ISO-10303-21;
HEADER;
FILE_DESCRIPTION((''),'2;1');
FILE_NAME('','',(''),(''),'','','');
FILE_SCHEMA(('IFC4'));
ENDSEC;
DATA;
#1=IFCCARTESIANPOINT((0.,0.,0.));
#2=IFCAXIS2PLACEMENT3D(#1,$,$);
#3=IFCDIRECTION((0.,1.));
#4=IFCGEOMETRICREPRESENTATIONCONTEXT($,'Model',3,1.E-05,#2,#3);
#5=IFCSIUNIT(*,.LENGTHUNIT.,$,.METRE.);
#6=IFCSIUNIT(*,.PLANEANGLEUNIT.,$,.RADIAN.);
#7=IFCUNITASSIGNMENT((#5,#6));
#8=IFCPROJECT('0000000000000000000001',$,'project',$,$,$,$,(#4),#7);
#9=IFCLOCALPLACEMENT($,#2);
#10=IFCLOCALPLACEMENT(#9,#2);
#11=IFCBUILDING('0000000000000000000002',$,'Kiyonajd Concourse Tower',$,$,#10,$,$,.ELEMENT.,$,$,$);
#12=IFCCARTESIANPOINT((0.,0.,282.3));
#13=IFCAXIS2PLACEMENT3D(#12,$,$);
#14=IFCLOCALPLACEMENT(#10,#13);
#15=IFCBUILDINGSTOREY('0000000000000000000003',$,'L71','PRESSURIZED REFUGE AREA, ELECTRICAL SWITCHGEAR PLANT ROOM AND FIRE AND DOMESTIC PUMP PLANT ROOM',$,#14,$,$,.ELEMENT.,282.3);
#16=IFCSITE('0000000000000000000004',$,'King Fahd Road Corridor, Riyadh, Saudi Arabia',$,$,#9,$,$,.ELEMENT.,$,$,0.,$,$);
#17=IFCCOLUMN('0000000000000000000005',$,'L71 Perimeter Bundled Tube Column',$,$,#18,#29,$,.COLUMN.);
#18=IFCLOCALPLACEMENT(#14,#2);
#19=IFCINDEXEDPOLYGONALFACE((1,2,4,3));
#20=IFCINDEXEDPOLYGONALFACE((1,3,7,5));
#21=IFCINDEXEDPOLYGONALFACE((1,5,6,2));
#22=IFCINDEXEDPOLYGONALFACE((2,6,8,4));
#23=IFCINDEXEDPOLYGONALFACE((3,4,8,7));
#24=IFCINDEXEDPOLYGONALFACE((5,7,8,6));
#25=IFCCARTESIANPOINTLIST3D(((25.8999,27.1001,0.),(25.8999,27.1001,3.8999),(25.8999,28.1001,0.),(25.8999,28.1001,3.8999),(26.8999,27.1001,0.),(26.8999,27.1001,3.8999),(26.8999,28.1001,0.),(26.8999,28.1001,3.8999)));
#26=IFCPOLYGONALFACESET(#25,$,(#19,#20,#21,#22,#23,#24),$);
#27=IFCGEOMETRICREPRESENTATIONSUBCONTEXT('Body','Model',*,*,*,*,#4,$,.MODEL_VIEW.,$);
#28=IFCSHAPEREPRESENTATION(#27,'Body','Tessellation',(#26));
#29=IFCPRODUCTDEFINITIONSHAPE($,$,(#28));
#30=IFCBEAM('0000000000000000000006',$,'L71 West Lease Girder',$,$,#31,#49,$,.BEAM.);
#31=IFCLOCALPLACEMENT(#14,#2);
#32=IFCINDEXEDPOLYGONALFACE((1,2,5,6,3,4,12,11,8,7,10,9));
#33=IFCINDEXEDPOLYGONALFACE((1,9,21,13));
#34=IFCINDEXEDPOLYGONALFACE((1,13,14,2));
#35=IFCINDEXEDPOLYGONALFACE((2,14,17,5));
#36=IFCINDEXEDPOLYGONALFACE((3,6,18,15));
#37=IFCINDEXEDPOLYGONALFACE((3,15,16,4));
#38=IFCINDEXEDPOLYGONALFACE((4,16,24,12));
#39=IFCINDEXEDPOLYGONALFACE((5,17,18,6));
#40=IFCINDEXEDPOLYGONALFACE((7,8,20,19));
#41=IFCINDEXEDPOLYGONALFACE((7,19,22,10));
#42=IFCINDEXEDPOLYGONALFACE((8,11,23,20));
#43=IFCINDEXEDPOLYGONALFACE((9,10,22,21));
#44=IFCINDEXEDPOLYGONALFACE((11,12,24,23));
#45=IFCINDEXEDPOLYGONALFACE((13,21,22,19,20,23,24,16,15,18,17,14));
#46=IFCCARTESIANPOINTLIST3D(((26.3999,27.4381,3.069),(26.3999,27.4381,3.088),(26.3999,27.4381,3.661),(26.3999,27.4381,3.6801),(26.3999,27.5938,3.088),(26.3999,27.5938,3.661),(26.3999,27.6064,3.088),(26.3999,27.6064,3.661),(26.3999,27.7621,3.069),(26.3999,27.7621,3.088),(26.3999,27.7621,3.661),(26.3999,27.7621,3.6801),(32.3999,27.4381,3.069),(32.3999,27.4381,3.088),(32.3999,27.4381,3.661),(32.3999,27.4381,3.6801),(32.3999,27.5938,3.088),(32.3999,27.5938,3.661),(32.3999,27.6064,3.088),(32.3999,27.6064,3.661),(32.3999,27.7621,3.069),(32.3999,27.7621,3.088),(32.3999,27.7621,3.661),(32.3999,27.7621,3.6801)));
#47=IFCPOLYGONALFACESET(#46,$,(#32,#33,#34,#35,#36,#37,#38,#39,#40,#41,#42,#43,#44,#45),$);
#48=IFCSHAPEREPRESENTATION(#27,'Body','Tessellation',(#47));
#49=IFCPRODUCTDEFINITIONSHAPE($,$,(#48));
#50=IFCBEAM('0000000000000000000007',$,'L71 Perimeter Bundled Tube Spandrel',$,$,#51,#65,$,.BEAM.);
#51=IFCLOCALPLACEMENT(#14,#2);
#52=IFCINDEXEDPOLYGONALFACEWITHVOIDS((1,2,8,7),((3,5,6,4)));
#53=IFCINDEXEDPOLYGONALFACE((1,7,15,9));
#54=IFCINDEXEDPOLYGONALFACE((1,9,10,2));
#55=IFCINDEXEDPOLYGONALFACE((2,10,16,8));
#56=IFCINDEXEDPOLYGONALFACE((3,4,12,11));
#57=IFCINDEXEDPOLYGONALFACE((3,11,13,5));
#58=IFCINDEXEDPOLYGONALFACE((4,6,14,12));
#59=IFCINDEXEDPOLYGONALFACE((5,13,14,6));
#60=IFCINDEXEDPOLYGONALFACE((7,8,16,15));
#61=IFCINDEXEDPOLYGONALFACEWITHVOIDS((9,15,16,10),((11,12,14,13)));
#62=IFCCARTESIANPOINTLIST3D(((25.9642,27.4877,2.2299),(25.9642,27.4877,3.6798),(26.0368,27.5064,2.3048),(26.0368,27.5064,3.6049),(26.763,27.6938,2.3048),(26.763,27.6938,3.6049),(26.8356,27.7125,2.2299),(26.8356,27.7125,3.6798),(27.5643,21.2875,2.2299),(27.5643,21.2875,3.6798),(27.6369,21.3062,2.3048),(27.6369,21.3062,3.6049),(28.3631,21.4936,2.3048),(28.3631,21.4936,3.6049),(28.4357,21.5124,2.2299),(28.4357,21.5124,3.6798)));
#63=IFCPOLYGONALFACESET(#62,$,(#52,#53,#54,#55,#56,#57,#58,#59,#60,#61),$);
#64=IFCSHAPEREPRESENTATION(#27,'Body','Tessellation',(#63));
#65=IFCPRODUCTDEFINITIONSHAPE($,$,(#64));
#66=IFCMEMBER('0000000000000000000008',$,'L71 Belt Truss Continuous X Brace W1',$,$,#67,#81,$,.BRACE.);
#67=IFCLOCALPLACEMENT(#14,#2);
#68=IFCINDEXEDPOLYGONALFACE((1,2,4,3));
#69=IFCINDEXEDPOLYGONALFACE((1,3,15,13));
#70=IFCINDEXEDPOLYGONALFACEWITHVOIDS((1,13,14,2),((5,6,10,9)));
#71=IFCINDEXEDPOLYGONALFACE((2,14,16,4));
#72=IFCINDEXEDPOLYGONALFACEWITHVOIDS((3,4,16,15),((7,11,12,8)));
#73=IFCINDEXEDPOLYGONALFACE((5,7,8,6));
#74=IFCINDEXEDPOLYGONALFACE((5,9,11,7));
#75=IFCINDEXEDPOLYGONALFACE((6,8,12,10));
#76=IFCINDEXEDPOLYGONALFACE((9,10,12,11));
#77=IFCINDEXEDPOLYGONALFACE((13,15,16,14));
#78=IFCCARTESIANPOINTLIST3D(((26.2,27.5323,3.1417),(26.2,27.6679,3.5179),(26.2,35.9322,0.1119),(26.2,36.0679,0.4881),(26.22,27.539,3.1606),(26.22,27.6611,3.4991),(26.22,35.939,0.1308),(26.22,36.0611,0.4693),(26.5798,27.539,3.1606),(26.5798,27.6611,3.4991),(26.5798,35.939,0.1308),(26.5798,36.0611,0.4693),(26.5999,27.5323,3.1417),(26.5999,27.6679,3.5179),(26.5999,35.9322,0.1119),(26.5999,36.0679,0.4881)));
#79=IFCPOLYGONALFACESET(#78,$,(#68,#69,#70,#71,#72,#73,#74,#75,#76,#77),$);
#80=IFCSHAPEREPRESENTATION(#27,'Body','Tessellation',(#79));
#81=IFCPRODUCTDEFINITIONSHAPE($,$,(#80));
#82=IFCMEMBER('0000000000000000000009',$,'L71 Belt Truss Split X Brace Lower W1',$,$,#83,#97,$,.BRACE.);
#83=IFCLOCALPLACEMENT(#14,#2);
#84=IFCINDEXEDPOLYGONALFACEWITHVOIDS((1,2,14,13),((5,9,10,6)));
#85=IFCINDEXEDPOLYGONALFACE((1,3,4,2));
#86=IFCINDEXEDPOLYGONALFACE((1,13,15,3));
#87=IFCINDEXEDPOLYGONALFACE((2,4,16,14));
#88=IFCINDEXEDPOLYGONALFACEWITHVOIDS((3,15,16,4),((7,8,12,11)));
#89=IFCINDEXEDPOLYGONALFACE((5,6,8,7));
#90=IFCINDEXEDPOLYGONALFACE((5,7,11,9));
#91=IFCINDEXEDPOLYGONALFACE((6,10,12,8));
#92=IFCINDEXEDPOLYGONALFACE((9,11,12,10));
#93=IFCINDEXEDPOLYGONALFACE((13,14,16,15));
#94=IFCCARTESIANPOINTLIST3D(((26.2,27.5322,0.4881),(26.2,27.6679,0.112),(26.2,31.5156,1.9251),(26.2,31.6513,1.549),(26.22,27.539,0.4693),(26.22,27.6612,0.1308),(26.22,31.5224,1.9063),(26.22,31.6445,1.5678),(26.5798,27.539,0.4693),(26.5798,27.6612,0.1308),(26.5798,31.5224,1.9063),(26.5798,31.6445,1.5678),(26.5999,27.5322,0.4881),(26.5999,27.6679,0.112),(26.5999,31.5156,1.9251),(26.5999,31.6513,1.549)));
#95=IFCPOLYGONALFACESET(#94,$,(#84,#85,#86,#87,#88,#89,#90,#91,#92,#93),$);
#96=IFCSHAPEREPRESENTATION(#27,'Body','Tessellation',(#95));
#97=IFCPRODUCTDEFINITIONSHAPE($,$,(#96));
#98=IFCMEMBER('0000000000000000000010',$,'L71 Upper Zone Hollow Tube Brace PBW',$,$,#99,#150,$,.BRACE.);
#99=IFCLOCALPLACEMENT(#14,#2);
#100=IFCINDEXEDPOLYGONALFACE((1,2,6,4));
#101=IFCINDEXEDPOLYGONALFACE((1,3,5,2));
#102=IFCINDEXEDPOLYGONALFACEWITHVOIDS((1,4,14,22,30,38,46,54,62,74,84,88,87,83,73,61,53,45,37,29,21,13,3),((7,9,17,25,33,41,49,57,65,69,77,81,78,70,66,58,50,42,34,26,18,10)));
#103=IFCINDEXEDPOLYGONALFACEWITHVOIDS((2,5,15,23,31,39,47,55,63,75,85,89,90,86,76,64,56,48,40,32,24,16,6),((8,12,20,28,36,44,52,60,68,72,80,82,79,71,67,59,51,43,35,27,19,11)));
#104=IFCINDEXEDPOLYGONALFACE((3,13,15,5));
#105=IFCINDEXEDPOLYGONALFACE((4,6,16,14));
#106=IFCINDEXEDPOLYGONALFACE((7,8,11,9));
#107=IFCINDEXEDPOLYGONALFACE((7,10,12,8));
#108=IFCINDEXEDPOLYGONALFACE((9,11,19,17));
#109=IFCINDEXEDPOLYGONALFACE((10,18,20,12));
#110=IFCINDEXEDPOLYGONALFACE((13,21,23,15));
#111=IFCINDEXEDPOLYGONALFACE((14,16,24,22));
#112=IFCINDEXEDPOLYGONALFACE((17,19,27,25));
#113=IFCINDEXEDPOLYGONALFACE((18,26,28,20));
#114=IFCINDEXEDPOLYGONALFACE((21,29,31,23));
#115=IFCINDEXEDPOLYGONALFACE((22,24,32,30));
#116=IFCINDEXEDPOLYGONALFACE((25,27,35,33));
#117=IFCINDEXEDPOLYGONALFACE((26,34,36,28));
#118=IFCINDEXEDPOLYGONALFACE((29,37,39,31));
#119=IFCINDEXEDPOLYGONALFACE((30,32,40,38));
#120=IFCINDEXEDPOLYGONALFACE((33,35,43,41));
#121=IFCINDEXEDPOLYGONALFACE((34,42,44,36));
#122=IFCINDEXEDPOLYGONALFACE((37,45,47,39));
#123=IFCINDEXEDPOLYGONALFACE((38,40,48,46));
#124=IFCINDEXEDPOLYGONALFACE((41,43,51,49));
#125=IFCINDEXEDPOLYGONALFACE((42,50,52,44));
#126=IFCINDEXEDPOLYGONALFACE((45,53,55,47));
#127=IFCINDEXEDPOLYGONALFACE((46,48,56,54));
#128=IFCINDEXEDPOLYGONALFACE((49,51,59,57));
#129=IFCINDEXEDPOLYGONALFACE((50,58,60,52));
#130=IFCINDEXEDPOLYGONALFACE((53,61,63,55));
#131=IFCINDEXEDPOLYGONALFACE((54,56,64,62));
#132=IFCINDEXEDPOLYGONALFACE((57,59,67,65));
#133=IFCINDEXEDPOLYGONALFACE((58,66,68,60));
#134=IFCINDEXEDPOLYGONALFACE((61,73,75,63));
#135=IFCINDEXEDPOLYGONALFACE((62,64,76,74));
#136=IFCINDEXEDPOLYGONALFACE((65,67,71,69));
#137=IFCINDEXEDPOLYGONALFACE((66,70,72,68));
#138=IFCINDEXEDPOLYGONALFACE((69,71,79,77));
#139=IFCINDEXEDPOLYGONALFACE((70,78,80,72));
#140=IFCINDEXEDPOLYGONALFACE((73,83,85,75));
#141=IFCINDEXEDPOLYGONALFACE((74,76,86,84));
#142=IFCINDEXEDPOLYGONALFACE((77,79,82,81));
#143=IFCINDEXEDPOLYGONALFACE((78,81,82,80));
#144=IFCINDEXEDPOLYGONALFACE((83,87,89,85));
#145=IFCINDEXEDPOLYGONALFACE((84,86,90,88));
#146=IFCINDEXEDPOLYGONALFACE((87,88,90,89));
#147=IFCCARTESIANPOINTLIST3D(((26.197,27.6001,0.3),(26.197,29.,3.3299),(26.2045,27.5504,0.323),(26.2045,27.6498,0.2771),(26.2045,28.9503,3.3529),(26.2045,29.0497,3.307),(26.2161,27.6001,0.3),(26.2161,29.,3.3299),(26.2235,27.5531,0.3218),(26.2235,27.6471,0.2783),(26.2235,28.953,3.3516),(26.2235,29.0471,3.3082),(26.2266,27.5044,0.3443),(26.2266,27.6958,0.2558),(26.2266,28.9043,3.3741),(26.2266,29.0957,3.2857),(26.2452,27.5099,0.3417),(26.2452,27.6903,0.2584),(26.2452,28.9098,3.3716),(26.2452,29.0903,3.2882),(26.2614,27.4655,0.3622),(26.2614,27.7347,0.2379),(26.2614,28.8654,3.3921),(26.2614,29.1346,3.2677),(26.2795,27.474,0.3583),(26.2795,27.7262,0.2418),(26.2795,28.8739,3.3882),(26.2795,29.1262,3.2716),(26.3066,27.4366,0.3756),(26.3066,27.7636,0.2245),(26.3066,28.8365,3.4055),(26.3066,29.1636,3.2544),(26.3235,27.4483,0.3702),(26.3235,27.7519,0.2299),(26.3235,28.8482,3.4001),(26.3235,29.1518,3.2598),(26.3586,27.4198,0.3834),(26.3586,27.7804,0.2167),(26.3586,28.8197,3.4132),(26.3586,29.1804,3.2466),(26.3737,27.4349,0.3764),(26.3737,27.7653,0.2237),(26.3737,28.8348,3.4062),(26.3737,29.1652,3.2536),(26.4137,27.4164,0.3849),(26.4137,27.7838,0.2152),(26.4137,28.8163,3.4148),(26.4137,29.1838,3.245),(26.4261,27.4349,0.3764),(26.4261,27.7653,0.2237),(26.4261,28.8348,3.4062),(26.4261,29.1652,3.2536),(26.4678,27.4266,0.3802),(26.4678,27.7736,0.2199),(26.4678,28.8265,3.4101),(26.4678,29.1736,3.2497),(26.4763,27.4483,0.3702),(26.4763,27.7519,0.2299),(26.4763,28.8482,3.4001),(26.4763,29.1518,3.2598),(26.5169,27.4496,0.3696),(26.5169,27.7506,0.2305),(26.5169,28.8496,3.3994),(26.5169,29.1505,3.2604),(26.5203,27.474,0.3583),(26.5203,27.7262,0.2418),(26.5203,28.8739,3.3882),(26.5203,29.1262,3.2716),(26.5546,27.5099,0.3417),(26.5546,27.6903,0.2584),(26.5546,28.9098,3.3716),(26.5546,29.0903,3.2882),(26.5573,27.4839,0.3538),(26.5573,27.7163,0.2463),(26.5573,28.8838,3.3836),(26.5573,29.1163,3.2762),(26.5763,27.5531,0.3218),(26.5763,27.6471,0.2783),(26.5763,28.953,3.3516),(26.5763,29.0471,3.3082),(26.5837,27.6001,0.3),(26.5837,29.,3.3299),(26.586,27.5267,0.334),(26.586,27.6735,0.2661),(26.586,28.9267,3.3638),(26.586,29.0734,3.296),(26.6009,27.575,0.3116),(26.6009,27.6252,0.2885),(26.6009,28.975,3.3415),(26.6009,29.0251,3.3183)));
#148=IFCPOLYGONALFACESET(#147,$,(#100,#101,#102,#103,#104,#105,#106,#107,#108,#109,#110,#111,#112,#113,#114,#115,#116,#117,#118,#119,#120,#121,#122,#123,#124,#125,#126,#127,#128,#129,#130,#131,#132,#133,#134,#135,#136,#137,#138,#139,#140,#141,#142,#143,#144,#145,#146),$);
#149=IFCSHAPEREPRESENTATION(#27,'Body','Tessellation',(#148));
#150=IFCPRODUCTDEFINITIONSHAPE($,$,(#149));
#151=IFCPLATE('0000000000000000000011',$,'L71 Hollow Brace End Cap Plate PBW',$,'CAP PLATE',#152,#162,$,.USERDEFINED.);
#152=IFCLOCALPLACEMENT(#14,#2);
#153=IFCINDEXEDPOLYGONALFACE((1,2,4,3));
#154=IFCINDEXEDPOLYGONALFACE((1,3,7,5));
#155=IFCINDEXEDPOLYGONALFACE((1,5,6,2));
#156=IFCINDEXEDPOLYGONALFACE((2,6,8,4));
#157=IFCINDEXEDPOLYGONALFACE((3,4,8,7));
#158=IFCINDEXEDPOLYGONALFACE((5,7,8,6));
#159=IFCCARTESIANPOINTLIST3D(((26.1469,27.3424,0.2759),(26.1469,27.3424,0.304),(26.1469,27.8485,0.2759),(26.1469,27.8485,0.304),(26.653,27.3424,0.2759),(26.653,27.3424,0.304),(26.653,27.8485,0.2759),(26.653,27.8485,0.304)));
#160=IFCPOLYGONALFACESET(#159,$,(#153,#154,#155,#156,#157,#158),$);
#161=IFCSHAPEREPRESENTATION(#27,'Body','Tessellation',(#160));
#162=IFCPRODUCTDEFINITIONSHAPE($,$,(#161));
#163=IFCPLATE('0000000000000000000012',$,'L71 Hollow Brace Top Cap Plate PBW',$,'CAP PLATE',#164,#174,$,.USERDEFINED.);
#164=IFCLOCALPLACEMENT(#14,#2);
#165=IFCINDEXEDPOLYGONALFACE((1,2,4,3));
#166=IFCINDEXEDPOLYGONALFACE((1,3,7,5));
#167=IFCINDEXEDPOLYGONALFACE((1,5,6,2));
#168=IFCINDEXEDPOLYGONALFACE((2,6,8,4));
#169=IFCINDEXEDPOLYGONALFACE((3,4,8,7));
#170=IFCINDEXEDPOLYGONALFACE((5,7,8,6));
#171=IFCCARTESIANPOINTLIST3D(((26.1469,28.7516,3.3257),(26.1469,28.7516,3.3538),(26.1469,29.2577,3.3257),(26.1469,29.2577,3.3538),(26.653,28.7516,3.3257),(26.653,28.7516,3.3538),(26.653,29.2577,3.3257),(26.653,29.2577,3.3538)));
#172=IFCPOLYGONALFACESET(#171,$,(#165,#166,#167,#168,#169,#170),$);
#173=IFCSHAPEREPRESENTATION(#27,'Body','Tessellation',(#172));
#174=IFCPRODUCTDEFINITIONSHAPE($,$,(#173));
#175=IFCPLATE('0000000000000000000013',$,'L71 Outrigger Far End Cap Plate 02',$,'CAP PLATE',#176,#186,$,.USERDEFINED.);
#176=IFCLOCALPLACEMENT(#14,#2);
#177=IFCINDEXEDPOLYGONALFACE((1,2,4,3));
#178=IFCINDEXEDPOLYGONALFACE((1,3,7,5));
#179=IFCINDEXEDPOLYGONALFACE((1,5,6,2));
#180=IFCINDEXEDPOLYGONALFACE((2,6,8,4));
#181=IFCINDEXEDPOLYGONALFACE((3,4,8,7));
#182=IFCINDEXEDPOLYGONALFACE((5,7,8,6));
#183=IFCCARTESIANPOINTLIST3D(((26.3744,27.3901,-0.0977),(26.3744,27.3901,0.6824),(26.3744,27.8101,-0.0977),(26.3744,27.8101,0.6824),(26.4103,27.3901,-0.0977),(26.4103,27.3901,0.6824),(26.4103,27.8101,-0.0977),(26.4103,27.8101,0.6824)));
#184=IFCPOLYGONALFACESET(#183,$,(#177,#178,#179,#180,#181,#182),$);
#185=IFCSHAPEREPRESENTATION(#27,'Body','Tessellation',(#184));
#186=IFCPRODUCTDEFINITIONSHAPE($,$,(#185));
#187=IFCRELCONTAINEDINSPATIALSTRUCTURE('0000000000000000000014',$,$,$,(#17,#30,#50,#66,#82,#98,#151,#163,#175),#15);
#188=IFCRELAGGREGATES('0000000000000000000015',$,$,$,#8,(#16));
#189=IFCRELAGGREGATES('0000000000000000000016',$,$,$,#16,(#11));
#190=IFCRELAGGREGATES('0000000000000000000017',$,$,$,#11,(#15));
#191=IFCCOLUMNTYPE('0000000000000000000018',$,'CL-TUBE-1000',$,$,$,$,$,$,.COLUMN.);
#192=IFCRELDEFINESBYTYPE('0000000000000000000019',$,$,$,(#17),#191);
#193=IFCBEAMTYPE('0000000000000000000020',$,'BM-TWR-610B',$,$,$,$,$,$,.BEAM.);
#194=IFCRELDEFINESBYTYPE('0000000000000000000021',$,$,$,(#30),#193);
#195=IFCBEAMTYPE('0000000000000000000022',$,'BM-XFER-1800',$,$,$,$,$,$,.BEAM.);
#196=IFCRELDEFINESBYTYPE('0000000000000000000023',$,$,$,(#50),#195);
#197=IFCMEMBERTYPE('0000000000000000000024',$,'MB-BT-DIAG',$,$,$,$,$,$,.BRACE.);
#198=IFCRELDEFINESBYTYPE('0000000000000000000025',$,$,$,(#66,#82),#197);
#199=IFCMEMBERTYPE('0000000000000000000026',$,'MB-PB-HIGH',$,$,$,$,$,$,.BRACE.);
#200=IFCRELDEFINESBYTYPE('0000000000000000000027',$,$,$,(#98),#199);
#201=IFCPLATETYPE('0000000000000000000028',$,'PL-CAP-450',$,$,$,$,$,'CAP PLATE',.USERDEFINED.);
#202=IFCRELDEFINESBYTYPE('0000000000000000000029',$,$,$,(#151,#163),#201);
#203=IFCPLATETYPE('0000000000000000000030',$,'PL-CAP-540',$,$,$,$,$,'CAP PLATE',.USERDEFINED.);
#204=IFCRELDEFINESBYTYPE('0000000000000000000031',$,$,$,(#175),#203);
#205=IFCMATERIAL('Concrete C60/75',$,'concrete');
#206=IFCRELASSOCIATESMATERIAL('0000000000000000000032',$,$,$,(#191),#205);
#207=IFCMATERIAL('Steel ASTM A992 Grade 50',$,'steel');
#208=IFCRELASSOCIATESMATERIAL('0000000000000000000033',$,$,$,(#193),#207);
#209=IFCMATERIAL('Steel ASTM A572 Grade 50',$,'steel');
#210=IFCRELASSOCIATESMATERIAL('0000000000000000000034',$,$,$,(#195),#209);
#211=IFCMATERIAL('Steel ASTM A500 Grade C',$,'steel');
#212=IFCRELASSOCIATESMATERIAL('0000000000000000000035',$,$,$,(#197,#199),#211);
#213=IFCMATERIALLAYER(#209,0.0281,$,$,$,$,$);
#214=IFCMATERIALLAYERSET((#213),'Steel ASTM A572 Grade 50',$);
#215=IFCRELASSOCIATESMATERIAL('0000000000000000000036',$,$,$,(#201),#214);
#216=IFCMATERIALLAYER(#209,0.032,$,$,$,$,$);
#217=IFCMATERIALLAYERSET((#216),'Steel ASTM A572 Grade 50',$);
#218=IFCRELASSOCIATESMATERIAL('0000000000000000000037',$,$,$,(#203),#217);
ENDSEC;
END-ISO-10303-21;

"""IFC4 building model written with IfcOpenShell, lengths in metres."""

from ifc_helpers import new_model, si_unit, direction, frame, origin, origin_2d, place, context, subcontext, project, spatial, rectangle, hollow_rectangle, hollow_circle, i_section, extrude, material, layer, layer_set, material_profile, profile_set, type_object, element, save


model = new_model("IFC4")

# Units and contexts
model_context = context("Model", 3, precision=1e-05, world=origin(), true_north=direction((0.0, 1.0)))
body_context = subcontext(model_context, "Body", "Model", "MODEL_VIEW")
ifc_project = project(units=[si_unit("LENGTHUNIT", "METRE"), si_unit("PLANEANGLEUNIT", "RADIAN")], contexts=[model_context])

# Site, building, storey
site_placement = place(None, origin())
site = spatial("IfcSite", under=ifc_project, at=site_placement, Name="King Fahd Road Corridor, Riyadh, Saudi Arabia", CompositionType="ELEMENT", RefElevation=0.0)
building_placement = place(site_placement, origin())
building = spatial("IfcBuilding", under=site, at=building_placement, Name="Kiyonajd Concourse Tower", CompositionType="ELEMENT")
storey_placement = place(building_placement, frame((0.0, 0.0, 282.3)))
storey = spatial("IfcBuildingStorey", under=building, at=storey_placement, Name="L71", Description="PRESSURIZED REFUGE AREA, ELECTRICAL SWITCHGEAR PLANT ROOM AND FIRE AND DOMESTIC PUMP PLANT ROOM", CompositionType="ELEMENT", Elevation=282.3)

# Column
ifc_material_1 = material(Name="Concrete C60/75", Category="concrete")
ifc_material_profile_1 = material_profile(ifc_material_1, rectangle(XDim=1.0, YDim=1.0, at=origin_2d()), Name="RC-1000x1000")
ifc_profile_set_1 = profile_set([ifc_material_profile_1], Name="Concrete C60/75")
column_type = type_object("IfcColumnType", Name="CL-TUBE-1000", PredefinedType="COLUMN", material=ifc_profile_set_1)
column_placement = place(storey_placement, frame((26.3999, 27.6001, 0.0), z_axis=(0.0, 0.0, 1.0), x_axis=(1.0, 0.0, 0.0)))
element("IfcColumn", 1, at=column_placement, inside=storey, type_object=column_type, Name="L71 Perimeter Bundled Tube Column", PredefinedType="COLUMN", context=body_context, shape_type="SweptSolid", body=[
    extrude(rectangle(XDim=1.0, YDim=1.0, at=origin_2d()), origin(), (0.0, 0.0, 1.0), 3.8999),
])

# Beams
ifc_material_2 = material(Name="Steel ASTM A992 Grade 50", Category="steel")
ifc_material_profile_2 = material_profile(ifc_material_2, i_section(OverallWidth=0.324, OverallDepth=0.6111, WebThickness=0.0127, FlangeThickness=0.019, at=origin_2d()), Name="W610X155")
ifc_profile_set_2 = profile_set([ifc_material_profile_2], Name="Steel ASTM A992 Grade 50")
beam_type_1 = type_object("IfcBeamType", Name="BM-TWR-610B", PredefinedType="BEAM", material=ifc_profile_set_2)
beam_1_placement = place(storey_placement, frame((26.3999, 27.6001, 3.3745), z_axis=(1.0, 0.0, 0.0), x_axis=(0.0, 1.0, 0.0)))
element("IfcBeam", 2, at=beam_1_placement, inside=storey, type_object=beam_type_1, Name="L71 West Lease Girder", PredefinedType="BEAM", context=body_context, shape_type="SweptSolid", body=[
    extrude(i_section(OverallWidth=0.324, OverallDepth=0.6111, WebThickness=0.0127, FlangeThickness=0.019, at=origin_2d()), origin(), (0.0, 0.0, 1.0), 6.0),
])
ifc_material_3 = material(Name="Steel ASTM A572 Grade 50", Category="steel")
ifc_material_profile_3 = material_profile(ifc_material_3, hollow_rectangle(XDim=0.8999, YDim=1.45, WallThickness=0.075, at=origin_2d()), Name="BOX-1450x900x75")
ifc_profile_set_3 = profile_set([ifc_material_profile_3], Name="Steel ASTM A572 Grade 50")
beam_type_2 = type_object("IfcBeamType", Name="BM-XFER-1800", PredefinedType="BEAM", material=ifc_profile_set_3)
beam_2_placement = place(storey_placement, frame((26.3999, 27.6001, 2.9548), z_axis=(0.249885, -0.968276, 0.0), x_axis=(0.968276, 0.249885, 0.0)))
element("IfcBeam", 3, at=beam_2_placement, inside=storey, type_object=beam_type_2, Name="L71 Perimeter Bundled Tube Spandrel", PredefinedType="BEAM", context=body_context, shape_type="SweptSolid", body=[
    extrude(hollow_rectangle(XDim=0.8999, YDim=1.45, WallThickness=0.075, at=origin_2d()), origin(), (0.0, 0.0, 1.0), 6.4033),
])

# Members
ifc_material_4 = material(Name="Steel ASTM A500 Grade C", Category="steel")
ifc_material_profile_4 = material_profile(ifc_material_4, hollow_rectangle(XDim=0.3999, YDim=0.3999, WallThickness=0.02, at=origin_2d()), Name="HSS-400x400x20")
ifc_profile_set_4 = profile_set([ifc_material_profile_4], Name="Steel ASTM A500 Grade C")
member_type_1 = type_object("IfcMemberType", Name="MB-BT-DIAG", PredefinedType="BRACE", material=ifc_profile_set_4)
member_1_placement = place(storey_placement, frame((26.3999, 27.6001, 3.3298), z_axis=(0.0, 0.94068, -0.339296), x_axis=(-1.0, 0.0, 0.0)))
element("IfcMember", 4, at=member_1_placement, inside=storey, type_object=member_type_1, Name="L71 Belt Truss Continuous X Brace W1", PredefinedType="BRACE", context=body_context, shape_type="SweptSolid", body=[
    extrude(hollow_rectangle(XDim=0.3999, YDim=0.3999, WallThickness=0.02, at=origin_2d()), origin(), (0.0, 0.0, 1.0), 8.9297),
])
member_2_placement = place(storey_placement, frame((26.3999, 27.6001, 0.3), z_axis=(0.0, 0.940662, 0.339344), x_axis=(-1.0, 0.0, 0.0)))
element("IfcMember", 5, at=member_2_placement, inside=storey, type_object=member_type_1, Name="L71 Belt Truss Split X Brace Lower W1", PredefinedType="BRACE", context=body_context, shape_type="SweptSolid", body=[
    extrude(hollow_rectangle(XDim=0.3999, YDim=0.3999, WallThickness=0.02, at=origin_2d()), origin(), (0.0, 0.0, 1.0), 4.2346),
])
ifc_material_profile_5 = material_profile(ifc_material_4, hollow_circle(Radius=0.2029, WallThickness=0.019, at=origin_2d()), Name="CHS-406x19")
ifc_profile_set_5 = profile_set([ifc_material_profile_5], Name="Steel ASTM A500 Grade C")
member_type_2 = type_object("IfcMemberType", Name="MB-PB-HIGH", PredefinedType="BRACE", material=ifc_profile_set_5)
member_3_placement = place(storey_placement, frame((26.3999, 27.6001, 0.3), z_axis=(0.0, 0.419439, 0.907784), x_axis=(-1.0, 0.0, 0.0)))
element("IfcMember", 6, at=member_3_placement, inside=storey, type_object=member_type_2, Name="L71 Upper Zone Hollow Tube Brace PBW", PredefinedType="BRACE", context=body_context, shape_type="SweptSolid", body=[
    extrude(hollow_circle(Radius=0.2029, WallThickness=0.019, at=origin_2d()), origin(), (0.0, 0.0, 1.0), 3.3376),
])

# Plates
ifc_layer_1 = layer(ifc_material_3, 0.0281)
ifc_layer_set_1 = layer_set([ifc_layer_1], Name="Steel ASTM A572 Grade 50")
plate_type_1 = type_object("IfcPlateType", Name="PL-CAP-450", ElementType="CAP PLATE", PredefinedType="USERDEFINED", material=ifc_layer_set_1)
for number, where, z_axis, x_axis, name in (
    (7, (26.3999, 27.5955, 0.2759), (0.0, 0.0, 1.0), (1.0, 0.0, 0.0), "L71 Hollow Brace End Cap Plate PBW"),
    (8, (26.3999, 29.0046, 3.3257), (0.0, 0.0, 1.0), (1.0, 0.0, 0.0), "L71 Hollow Brace Top Cap Plate PBW"),
):
    element("IfcPlate", number, at=place(storey_placement, frame(where, z_axis=z_axis, x_axis=x_axis)), inside=storey, type_object=plate_type_1, Name=name, ObjectType="CAP PLATE", PredefinedType="USERDEFINED", context=body_context, shape_type="SweptSolid", body=[
        extrude(rectangle(XDim=0.5061, YDim=0.5061, at=origin_2d()), origin(), (0.0, 0.0, 1.0), 0.0281),
    ])
ifc_layer_2 = layer(ifc_material_3, 0.032)
ifc_layer_set_2 = layer_set([ifc_layer_2], Name="Steel ASTM A572 Grade 50")
plate_type_2 = type_object("IfcPlateType", Name="PL-CAP-540", ElementType="CAP PLATE", PredefinedType="USERDEFINED", material=ifc_layer_set_2)
plate_1_placement = place(storey_placement, frame((26.3923, 27.6001, -0.0977), z_axis=(0.0, 0.0, 1.0), x_axis=(-1.0, 0.0, 0.0)))
element("IfcPlate", 9, at=plate_1_placement, inside=storey, type_object=plate_type_2, Name="L71 Outrigger Far End Cap Plate 02", ObjectType="CAP PLATE", PredefinedType="USERDEFINED", context=body_context, shape_type="SweptSolid", body=[
    extrude(rectangle(XDim=0.0359, YDim=0.4199, at=origin_2d()), origin(), (0.0, 0.0, 1.0), 0.78),
])

save(model, "model.ifc")
